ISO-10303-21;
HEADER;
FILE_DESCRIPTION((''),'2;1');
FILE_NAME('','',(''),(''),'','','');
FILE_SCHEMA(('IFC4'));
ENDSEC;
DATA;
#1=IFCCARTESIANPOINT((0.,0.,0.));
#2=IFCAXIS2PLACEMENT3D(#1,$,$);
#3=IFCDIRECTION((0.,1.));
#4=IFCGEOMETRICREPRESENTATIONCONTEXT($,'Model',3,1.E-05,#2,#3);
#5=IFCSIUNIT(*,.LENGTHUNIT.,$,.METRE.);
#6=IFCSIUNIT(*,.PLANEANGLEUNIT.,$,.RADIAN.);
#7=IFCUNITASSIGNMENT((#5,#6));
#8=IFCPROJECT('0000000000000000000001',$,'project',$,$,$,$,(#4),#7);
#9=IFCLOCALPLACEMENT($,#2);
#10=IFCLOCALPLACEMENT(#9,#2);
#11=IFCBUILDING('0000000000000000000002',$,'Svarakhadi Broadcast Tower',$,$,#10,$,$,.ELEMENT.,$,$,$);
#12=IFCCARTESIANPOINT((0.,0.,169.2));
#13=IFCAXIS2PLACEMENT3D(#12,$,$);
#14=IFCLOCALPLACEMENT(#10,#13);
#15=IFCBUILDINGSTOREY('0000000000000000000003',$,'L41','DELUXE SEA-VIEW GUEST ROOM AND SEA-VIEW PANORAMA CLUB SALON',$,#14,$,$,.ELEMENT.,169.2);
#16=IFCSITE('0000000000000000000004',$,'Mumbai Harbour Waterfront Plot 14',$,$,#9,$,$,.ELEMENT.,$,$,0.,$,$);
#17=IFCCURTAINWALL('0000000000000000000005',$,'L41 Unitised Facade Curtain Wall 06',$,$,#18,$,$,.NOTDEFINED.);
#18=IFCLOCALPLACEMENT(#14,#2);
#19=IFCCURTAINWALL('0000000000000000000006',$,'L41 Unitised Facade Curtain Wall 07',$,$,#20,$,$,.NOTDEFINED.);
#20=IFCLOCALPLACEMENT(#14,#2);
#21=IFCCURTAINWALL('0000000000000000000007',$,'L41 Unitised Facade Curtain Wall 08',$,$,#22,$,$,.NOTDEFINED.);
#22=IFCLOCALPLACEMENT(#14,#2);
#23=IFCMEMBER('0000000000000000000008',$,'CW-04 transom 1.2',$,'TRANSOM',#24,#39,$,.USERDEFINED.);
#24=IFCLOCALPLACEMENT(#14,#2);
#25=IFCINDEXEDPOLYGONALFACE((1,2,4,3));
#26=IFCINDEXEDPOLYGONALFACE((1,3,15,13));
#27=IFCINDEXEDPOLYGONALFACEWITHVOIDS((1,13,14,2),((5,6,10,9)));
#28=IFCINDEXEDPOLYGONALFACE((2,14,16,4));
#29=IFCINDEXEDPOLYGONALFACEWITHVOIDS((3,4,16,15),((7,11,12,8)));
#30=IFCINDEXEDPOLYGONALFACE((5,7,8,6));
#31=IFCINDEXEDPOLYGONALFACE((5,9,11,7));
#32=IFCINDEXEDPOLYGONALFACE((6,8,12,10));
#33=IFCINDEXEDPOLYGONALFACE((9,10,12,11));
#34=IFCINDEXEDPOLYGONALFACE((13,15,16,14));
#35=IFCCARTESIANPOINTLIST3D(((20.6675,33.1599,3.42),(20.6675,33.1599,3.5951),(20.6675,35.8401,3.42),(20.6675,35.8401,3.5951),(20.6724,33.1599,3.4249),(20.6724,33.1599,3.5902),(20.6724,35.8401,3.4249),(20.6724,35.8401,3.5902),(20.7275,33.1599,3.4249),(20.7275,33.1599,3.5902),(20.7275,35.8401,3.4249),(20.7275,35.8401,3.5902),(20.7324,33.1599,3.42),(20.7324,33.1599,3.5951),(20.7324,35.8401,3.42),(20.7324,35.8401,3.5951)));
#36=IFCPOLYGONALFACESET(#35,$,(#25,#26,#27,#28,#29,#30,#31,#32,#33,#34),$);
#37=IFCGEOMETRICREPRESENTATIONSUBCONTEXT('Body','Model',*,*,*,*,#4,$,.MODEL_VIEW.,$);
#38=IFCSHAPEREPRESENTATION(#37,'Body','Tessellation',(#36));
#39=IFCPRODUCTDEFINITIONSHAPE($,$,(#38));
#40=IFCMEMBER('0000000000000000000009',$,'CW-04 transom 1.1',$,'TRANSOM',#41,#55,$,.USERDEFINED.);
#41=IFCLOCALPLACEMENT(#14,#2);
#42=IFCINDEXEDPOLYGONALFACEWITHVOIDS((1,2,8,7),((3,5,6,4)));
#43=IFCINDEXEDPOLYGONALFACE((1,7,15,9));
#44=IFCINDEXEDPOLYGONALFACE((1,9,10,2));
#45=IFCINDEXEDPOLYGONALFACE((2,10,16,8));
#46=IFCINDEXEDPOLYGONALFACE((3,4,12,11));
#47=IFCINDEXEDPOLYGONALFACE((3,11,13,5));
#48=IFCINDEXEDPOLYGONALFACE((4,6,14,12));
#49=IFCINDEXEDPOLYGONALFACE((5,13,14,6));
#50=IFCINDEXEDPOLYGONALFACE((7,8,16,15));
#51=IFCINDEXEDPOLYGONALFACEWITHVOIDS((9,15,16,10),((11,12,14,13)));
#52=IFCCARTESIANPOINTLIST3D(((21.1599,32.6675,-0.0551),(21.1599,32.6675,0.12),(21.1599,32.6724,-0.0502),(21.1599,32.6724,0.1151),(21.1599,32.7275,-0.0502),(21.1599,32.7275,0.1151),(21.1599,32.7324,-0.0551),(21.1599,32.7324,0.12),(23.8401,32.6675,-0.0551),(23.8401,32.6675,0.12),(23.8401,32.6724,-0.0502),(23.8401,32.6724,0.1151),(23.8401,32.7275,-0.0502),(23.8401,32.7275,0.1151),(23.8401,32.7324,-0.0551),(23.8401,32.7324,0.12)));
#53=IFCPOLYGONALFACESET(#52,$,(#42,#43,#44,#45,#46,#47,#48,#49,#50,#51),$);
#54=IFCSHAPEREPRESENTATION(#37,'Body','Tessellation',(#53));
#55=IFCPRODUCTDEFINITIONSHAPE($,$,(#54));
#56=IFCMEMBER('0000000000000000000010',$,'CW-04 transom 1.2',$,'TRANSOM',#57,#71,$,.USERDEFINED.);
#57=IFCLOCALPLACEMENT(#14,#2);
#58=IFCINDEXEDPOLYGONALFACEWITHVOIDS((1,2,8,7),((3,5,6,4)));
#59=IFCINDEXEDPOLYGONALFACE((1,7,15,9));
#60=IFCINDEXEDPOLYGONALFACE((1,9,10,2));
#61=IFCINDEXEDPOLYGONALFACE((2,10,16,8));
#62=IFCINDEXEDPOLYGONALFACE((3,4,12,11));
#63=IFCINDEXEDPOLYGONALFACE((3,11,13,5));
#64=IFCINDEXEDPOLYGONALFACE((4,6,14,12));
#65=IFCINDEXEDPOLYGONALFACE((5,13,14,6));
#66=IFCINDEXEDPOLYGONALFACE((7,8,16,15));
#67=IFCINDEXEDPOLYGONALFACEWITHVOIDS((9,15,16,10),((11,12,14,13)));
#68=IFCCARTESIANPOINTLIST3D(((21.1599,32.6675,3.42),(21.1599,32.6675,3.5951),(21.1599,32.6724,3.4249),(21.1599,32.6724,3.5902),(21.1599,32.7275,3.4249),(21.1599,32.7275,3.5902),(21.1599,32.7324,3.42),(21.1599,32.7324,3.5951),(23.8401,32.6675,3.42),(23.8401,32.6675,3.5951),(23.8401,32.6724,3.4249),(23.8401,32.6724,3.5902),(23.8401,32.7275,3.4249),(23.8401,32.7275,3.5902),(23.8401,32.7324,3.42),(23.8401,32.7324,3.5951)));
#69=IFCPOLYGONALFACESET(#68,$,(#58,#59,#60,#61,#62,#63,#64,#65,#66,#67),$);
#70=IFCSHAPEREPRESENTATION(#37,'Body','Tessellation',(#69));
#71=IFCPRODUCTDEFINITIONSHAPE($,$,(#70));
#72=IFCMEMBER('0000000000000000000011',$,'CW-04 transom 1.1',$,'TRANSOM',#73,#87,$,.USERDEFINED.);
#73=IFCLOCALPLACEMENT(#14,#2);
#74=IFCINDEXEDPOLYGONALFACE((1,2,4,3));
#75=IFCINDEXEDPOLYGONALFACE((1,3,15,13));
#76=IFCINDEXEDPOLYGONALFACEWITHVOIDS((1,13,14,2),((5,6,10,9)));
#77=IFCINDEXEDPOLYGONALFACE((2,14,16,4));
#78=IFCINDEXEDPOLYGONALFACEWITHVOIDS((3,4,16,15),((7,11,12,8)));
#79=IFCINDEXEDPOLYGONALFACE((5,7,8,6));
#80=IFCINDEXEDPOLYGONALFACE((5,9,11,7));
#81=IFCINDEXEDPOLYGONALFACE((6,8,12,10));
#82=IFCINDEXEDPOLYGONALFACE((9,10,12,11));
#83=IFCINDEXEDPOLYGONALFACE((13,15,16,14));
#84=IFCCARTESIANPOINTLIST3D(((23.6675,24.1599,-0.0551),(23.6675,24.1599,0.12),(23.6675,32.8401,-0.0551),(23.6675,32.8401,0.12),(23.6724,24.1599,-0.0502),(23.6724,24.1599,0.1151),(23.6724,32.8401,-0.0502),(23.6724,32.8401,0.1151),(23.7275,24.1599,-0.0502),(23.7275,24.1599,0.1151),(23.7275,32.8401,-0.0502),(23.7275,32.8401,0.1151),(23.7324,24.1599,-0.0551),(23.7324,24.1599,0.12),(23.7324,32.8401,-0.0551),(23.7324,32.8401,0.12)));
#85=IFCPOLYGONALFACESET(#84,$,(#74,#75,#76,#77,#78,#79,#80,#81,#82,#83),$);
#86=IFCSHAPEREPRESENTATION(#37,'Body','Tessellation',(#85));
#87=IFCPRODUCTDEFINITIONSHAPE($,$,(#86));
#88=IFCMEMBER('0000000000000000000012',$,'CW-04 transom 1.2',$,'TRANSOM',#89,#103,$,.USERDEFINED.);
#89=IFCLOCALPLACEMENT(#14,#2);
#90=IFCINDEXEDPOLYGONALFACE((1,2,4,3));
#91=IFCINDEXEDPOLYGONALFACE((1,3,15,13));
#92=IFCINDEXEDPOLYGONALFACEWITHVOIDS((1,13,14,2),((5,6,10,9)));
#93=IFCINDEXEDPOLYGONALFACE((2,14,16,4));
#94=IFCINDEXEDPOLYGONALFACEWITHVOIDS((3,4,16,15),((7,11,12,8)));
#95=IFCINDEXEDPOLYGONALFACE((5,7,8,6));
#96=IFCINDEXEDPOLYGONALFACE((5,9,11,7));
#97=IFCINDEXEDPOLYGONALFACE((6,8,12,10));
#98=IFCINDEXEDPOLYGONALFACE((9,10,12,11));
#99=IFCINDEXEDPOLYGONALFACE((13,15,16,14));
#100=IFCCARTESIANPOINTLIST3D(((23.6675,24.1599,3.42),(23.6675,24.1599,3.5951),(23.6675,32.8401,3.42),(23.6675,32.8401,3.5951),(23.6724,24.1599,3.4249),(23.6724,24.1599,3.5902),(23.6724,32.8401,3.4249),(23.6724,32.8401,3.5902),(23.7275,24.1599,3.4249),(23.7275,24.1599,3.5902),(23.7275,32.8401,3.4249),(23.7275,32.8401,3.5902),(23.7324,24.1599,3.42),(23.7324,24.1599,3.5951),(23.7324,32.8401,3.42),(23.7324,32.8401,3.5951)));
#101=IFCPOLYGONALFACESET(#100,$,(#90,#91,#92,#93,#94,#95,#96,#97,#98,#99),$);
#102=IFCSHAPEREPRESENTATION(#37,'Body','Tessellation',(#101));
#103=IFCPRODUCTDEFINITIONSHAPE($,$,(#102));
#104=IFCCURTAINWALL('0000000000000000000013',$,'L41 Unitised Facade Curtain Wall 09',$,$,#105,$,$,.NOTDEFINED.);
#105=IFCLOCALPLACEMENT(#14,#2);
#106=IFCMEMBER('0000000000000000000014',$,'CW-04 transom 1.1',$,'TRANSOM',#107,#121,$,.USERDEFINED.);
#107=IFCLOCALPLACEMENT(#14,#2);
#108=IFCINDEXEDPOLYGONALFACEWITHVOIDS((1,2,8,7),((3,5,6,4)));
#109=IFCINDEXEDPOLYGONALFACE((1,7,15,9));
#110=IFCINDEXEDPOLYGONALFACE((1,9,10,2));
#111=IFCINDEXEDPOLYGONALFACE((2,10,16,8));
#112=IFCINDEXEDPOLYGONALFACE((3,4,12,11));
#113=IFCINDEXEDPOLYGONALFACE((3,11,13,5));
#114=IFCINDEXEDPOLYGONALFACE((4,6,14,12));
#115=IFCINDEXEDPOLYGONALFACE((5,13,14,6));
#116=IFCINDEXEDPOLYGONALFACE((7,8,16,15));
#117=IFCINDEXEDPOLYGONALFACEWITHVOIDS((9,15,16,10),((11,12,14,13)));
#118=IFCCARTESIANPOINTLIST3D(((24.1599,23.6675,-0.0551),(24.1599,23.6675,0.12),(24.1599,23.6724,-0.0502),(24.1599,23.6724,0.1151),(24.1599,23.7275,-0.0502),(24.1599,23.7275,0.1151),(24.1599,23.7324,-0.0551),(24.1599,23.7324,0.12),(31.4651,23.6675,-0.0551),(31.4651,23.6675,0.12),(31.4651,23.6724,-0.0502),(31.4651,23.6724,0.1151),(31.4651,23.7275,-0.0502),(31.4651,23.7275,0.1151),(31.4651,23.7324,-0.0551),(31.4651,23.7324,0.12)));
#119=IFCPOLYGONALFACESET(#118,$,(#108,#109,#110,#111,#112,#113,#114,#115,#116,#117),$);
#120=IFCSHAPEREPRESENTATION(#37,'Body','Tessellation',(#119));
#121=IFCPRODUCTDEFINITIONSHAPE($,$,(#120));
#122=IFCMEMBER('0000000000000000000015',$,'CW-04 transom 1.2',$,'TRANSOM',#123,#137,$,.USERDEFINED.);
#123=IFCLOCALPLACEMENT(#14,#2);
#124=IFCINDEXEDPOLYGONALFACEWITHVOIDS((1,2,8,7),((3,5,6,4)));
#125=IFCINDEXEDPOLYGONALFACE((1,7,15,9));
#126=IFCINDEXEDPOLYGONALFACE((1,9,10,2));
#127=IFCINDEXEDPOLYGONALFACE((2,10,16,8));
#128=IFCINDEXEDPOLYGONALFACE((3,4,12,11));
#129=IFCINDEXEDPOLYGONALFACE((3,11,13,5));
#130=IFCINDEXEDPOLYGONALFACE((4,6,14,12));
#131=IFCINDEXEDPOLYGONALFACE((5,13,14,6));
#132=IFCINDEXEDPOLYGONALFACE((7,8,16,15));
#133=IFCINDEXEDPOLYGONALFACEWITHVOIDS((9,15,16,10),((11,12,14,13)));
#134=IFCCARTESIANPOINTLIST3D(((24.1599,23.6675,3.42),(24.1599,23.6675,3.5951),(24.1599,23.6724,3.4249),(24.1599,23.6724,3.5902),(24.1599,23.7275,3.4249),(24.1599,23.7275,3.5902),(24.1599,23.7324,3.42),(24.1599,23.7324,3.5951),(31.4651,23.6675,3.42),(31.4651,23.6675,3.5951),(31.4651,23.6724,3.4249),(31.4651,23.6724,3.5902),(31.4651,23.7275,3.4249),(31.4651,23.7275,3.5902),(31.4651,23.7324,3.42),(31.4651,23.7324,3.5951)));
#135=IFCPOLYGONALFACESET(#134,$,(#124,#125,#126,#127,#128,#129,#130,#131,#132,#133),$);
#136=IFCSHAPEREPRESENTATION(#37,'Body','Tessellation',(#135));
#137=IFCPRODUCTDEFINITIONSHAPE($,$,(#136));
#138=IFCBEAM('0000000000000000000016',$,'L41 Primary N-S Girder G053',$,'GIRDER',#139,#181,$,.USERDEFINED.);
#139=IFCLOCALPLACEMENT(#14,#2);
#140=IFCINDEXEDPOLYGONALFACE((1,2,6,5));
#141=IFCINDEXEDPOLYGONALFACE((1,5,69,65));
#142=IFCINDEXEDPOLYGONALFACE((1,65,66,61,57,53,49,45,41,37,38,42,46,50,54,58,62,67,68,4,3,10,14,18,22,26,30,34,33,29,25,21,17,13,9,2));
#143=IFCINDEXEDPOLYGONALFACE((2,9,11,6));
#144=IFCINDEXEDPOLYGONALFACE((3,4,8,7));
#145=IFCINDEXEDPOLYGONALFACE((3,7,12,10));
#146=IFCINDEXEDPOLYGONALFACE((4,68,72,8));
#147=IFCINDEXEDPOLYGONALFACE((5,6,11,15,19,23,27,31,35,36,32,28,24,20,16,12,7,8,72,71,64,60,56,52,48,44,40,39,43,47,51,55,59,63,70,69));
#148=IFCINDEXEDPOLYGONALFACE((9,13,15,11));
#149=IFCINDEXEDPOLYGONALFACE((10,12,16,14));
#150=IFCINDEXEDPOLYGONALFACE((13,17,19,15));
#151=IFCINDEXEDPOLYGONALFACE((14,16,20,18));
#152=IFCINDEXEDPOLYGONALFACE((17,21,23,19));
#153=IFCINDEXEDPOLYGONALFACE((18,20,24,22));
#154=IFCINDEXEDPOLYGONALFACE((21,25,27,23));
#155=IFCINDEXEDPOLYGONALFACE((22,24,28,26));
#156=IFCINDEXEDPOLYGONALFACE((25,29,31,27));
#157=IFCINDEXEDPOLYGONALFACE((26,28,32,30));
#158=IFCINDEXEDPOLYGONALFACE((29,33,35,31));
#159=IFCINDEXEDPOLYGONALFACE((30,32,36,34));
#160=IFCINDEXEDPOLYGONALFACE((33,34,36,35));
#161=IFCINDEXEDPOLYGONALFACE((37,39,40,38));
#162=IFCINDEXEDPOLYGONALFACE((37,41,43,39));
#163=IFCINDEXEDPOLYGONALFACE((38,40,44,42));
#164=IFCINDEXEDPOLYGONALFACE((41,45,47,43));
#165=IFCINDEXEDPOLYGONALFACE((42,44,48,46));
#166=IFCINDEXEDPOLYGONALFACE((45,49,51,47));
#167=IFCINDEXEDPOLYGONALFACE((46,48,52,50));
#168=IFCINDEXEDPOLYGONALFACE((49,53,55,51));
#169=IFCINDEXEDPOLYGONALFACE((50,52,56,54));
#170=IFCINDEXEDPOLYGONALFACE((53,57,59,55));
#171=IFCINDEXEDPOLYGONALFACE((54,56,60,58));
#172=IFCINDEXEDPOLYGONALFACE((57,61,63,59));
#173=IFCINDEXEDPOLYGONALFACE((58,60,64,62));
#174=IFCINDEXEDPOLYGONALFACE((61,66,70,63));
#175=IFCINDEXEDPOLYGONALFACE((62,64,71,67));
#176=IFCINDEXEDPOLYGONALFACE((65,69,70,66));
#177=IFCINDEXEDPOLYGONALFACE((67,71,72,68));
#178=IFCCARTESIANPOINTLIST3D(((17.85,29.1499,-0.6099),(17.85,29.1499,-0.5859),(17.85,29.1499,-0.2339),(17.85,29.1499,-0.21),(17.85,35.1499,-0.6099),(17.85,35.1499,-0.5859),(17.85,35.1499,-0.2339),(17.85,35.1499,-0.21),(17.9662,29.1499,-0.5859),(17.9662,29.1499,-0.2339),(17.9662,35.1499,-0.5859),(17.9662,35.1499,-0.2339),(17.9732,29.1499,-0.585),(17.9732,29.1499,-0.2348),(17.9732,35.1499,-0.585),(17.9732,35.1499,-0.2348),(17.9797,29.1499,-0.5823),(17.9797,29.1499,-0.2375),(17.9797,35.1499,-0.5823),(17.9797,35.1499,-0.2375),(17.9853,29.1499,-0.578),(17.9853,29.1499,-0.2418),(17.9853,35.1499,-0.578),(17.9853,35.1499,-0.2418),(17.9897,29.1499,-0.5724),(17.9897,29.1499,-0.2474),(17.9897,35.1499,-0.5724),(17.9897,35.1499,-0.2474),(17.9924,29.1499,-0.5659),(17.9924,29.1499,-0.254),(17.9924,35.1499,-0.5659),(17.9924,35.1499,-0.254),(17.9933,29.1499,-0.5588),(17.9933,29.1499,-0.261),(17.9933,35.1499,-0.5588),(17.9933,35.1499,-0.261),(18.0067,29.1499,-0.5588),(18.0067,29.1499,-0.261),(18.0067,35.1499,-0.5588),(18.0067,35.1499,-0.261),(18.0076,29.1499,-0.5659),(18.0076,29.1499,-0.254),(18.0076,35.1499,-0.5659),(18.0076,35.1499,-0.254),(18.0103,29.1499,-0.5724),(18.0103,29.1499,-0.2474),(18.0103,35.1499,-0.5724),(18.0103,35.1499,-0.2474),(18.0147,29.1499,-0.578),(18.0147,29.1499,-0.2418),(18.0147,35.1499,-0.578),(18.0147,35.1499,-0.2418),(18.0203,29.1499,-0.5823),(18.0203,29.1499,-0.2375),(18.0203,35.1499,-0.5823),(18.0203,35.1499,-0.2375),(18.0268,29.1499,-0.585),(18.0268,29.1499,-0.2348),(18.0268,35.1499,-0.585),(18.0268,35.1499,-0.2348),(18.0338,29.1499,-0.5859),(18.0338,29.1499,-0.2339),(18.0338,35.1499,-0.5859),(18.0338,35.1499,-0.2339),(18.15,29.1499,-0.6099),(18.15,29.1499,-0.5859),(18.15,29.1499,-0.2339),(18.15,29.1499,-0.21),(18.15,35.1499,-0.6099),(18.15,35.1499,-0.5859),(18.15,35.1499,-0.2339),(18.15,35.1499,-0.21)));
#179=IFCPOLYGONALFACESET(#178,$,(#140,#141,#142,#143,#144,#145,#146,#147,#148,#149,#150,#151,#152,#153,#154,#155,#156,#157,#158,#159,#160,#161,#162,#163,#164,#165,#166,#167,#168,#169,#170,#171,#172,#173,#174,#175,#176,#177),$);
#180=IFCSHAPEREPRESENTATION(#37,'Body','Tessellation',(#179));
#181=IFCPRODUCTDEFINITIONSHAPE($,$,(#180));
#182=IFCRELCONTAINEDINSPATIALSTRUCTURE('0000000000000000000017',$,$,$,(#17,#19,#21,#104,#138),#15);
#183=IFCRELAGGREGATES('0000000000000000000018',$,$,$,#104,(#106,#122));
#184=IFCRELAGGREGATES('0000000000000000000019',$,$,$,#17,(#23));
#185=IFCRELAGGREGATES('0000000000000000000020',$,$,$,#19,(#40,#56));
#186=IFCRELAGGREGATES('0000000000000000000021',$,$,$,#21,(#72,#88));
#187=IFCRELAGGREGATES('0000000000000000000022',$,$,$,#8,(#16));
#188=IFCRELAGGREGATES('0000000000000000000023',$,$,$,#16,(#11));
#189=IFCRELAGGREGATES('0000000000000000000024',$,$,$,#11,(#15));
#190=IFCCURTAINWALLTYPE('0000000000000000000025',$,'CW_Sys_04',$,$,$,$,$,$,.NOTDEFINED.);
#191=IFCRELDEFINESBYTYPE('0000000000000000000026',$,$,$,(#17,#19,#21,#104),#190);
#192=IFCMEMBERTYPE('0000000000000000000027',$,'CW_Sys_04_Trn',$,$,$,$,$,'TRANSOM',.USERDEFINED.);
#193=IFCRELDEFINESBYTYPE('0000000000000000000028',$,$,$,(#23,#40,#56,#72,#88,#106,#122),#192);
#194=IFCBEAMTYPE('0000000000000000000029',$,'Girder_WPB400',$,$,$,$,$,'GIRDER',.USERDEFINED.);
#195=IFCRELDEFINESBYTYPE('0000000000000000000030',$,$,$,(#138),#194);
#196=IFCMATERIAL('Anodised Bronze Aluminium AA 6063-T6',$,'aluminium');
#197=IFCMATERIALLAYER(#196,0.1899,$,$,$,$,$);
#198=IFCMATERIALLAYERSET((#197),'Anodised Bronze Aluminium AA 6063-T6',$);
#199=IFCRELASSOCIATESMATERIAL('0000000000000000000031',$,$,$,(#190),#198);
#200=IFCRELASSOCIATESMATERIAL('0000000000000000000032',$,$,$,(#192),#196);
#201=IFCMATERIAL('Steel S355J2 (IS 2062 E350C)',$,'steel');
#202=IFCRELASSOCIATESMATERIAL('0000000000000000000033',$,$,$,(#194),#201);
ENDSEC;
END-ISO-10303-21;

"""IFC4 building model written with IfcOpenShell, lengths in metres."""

from ifc_helpers import new_model, si_unit, direction, frame, origin, origin_2d, place, context, subcontext, project, spatial, hollow_rectangle, i_section, extrude, material, layer, layer_set, material_profile, profile_set, type_object, element, aggregate, save


model = new_model("IFC4")

# Units and contexts
model_context = context("Model", 3, precision=1e-05, world=origin(), true_north=direction((0.0, 1.0)))
body_context = subcontext(model_context, "Body", "Model", "MODEL_VIEW")
ifc_project = project(units=[si_unit("LENGTHUNIT", "METRE"), si_unit("PLANEANGLEUNIT", "RADIAN")], contexts=[model_context])

# Site, building, storey
site_placement = place(None, origin())
site = spatial("IfcSite", under=ifc_project, at=site_placement, Name="Mumbai Harbour Waterfront Plot 14", CompositionType="ELEMENT", RefElevation=0.0)
building_placement = place(site_placement, origin())
building = spatial("IfcBuilding", under=site, at=building_placement, Name="Svarakhadi Broadcast Tower", CompositionType="ELEMENT")
storey_placement = place(building_placement, frame((0.0, 0.0, 169.2)))
storey = spatial("IfcBuildingStorey", under=building, at=storey_placement, Name="L41", Description="DELUXE SEA-VIEW GUEST ROOM AND SEA-VIEW PANORAMA CLUB SALON", CompositionType="ELEMENT", Elevation=169.2)

# Curtain walls
ifc_material_1 = material(Name="Anodised Bronze Aluminium AA 6063-T6", Category="aluminium")
ifc_layer_1 = layer(ifc_material_1, 0.1899)
ifc_layer_set_1 = layer_set([ifc_layer_1], Name="Anodised Bronze Aluminium AA 6063-T6")
curtain_wall_type = type_object("IfcCurtainWallType", Name="CW_Sys_04", PredefinedType="NOTDEFINED", material=ifc_layer_set_1)
curtain_wall_1_placement = place(storey_placement, origin())
curtain_wall_1 = element("IfcCurtainWall", 1, at=curtain_wall_1_placement, inside=storey, type_object=curtain_wall_type, Name="L41 Unitised Facade Curtain Wall 06", PredefinedType="NOTDEFINED")
curtain_wall_2_placement = place(storey_placement, origin())
curtain_wall_2 = element("IfcCurtainWall", 2, at=curtain_wall_2_placement, inside=storey, type_object=curtain_wall_type, Name="L41 Unitised Facade Curtain Wall 07", PredefinedType="NOTDEFINED")
curtain_wall_3_placement = place(storey_placement, origin())
curtain_wall_3 = element("IfcCurtainWall", 3, at=curtain_wall_3_placement, inside=storey, type_object=curtain_wall_type, Name="L41 Unitised Facade Curtain Wall 08", PredefinedType="NOTDEFINED")

# Members
ifc_material_profile_1 = material_profile(ifc_material_1, hollow_rectangle(XDim=0.0649, YDim=0.175, WallThickness=0.0049, at=origin_2d()), Name="ALU TRANSOM 175x65x5")
ifc_profile_set_1 = profile_set([ifc_material_profile_1], Name="Anodised Bronze Aluminium AA 6063-T6")
member_type_1 = type_object("IfcMemberType", Name="CW_Sys_04_Trn", ElementType="TRANSOM", PredefinedType="USERDEFINED", material=ifc_profile_set_1)
member_1_placement = place(storey_placement, frame((20.7, 35.8401, 3.5076), z_axis=(0.0, -1.0, 0.0), x_axis=(1.0, 0.0, 0.0)))
member_1 = element("IfcMember", 4, at=member_1_placement, type_object=member_type_1, Name="CW-04 transom 1.2", ObjectType="TRANSOM", PredefinedType="USERDEFINED", context=body_context, shape_type="SweptSolid", body=[
    extrude(hollow_rectangle(XDim=0.0649, YDim=0.175, WallThickness=0.0049, at=origin_2d()), origin(), (0.0, 0.0, 1.0), 2.6802),
])
member_2_placement = place(storey_placement, frame((21.1599, 32.7, 0.0325), z_axis=(1.0, 0.0, 0.0), x_axis=(0.0, 1.0, 0.0)))
member_2 = element("IfcMember", 5, at=member_2_placement, type_object=member_type_1, Name="CW-04 transom 1.1", ObjectType="TRANSOM", PredefinedType="USERDEFINED", context=body_context, shape_type="SweptSolid", body=[
    extrude(hollow_rectangle(XDim=0.0649, YDim=0.175, WallThickness=0.0049, at=origin_2d()), origin(), (0.0, 0.0, 1.0), 2.6802),
])
member_3_placement = place(storey_placement, frame((21.1599, 32.7, 3.5076), z_axis=(1.0, 0.0, 0.0), x_axis=(0.0, 1.0, 0.0)))
member_3 = element("IfcMember", 6, at=member_3_placement, type_object=member_type_1, Name="CW-04 transom 1.2", ObjectType="TRANSOM", PredefinedType="USERDEFINED", context=body_context, shape_type="SweptSolid", body=[
    extrude(hollow_rectangle(XDim=0.0649, YDim=0.175, WallThickness=0.0049, at=origin_2d()), origin(), (0.0, 0.0, 1.0), 2.6802),
])
member_4_placement = place(storey_placement, frame((23.7, 32.8401, 0.0325), z_axis=(0.0, -1.0, 0.0), x_axis=(1.0, 0.0, 0.0)))
member_4 = element("IfcMember", 7, at=member_4_placement, type_object=member_type_1, Name="CW-04 transom 1.1", ObjectType="TRANSOM", PredefinedType="USERDEFINED", context=body_context, shape_type="SweptSolid", body=[
    extrude(hollow_rectangle(XDim=0.0649, YDim=0.175, WallThickness=0.0049, at=origin_2d()), origin(), (0.0, 0.0, 1.0), 8.6802),
])
member_5_placement = place(storey_placement, frame((23.7, 32.8401, 3.5076), z_axis=(0.0, -1.0, 0.0), x_axis=(1.0, 0.0, 0.0)))
member_5 = element("IfcMember", 8, at=member_5_placement, type_object=member_type_1, Name="CW-04 transom 1.2", ObjectType="TRANSOM", PredefinedType="USERDEFINED", context=body_context, shape_type="SweptSolid", body=[
    extrude(hollow_rectangle(XDim=0.0649, YDim=0.175, WallThickness=0.0049, at=origin_2d()), origin(), (0.0, 0.0, 1.0), 8.6802),
])

# Curtain wall, members
curtain_wall_4_placement = place(storey_placement, origin())
curtain_wall_4 = element("IfcCurtainWall", 9, at=curtain_wall_4_placement, inside=storey, type_object=curtain_wall_type, Name="L41 Unitised Facade Curtain Wall 09", PredefinedType="NOTDEFINED")
member_6_placement = place(storey_placement, frame((24.1599, 23.7, 0.0325), z_axis=(1.0, 0.0, 0.0), x_axis=(0.0, 1.0, 0.0)))
member_6 = element("IfcMember", 10, at=member_6_placement, type_object=member_type_1, Name="CW-04 transom 1.1", ObjectType="TRANSOM", PredefinedType="USERDEFINED", context=body_context, shape_type="SweptSolid", body=[
    extrude(hollow_rectangle(XDim=0.0649, YDim=0.175, WallThickness=0.0049, at=origin_2d()), origin(), (0.0, 0.0, 1.0), 7.3052),
])
member_7_placement = place(storey_placement, frame((24.1599, 23.7, 3.5076), z_axis=(1.0, 0.0, 0.0), x_axis=(0.0, 1.0, 0.0)))
member_7 = element("IfcMember", 11, at=member_7_placement, type_object=member_type_1, Name="CW-04 transom 1.2", ObjectType="TRANSOM", PredefinedType="USERDEFINED", context=body_context, shape_type="SweptSolid", body=[
    extrude(hollow_rectangle(XDim=0.0649, YDim=0.175, WallThickness=0.0049, at=origin_2d()), origin(), (0.0, 0.0, 1.0), 7.3052),
])
aggregate(curtain_wall_4, [member_6, member_7])

# Beam
ifc_material_2 = material(Name="Steel S355J2 (IS 2062 E350C)", Category="steel")
ifc_material_profile_2 = material_profile(ifc_material_2, i_section(OverallWidth=0.3, OverallDepth=0.3999, WebThickness=0.0134, FlangeThickness=0.0239, FilletRadius=0.0271, at=origin_2d()), Name="WPB 400x300x155")
ifc_profile_set_2 = profile_set([ifc_material_profile_2], Name="Steel S355J2 (IS 2062 E350C)")
beam_type_1 = type_object("IfcBeamType", Name="Girder_WPB400", ElementType="GIRDER", PredefinedType="USERDEFINED", material=ifc_profile_set_2)
beam_1_placement = place(storey_placement, frame((18.0, 29.1499, -0.4099), z_axis=(0.0, 1.0, 0.0), x_axis=(-1.0, 0.0, 0.0)))
element("IfcBeam", 12, at=beam_1_placement, inside=storey, type_object=beam_type_1, Name="L41 Primary N-S Girder G053", ObjectType="GIRDER", PredefinedType="USERDEFINED", context=body_context, shape_type="SweptSolid", body=[
    extrude(i_section(OverallWidth=0.3, OverallDepth=0.3999, WebThickness=0.0134, FlangeThickness=0.0239, FilletRadius=0.0271, at=origin_2d()), origin(), (0.0, 0.0, 1.0), 6.0),
])

aggregate(curtain_wall_1, [member_1])
aggregate(curtain_wall_2, [member_2, member_3])
aggregate(curtain_wall_3, [member_4, member_5])

save(model, "model.ifc")
